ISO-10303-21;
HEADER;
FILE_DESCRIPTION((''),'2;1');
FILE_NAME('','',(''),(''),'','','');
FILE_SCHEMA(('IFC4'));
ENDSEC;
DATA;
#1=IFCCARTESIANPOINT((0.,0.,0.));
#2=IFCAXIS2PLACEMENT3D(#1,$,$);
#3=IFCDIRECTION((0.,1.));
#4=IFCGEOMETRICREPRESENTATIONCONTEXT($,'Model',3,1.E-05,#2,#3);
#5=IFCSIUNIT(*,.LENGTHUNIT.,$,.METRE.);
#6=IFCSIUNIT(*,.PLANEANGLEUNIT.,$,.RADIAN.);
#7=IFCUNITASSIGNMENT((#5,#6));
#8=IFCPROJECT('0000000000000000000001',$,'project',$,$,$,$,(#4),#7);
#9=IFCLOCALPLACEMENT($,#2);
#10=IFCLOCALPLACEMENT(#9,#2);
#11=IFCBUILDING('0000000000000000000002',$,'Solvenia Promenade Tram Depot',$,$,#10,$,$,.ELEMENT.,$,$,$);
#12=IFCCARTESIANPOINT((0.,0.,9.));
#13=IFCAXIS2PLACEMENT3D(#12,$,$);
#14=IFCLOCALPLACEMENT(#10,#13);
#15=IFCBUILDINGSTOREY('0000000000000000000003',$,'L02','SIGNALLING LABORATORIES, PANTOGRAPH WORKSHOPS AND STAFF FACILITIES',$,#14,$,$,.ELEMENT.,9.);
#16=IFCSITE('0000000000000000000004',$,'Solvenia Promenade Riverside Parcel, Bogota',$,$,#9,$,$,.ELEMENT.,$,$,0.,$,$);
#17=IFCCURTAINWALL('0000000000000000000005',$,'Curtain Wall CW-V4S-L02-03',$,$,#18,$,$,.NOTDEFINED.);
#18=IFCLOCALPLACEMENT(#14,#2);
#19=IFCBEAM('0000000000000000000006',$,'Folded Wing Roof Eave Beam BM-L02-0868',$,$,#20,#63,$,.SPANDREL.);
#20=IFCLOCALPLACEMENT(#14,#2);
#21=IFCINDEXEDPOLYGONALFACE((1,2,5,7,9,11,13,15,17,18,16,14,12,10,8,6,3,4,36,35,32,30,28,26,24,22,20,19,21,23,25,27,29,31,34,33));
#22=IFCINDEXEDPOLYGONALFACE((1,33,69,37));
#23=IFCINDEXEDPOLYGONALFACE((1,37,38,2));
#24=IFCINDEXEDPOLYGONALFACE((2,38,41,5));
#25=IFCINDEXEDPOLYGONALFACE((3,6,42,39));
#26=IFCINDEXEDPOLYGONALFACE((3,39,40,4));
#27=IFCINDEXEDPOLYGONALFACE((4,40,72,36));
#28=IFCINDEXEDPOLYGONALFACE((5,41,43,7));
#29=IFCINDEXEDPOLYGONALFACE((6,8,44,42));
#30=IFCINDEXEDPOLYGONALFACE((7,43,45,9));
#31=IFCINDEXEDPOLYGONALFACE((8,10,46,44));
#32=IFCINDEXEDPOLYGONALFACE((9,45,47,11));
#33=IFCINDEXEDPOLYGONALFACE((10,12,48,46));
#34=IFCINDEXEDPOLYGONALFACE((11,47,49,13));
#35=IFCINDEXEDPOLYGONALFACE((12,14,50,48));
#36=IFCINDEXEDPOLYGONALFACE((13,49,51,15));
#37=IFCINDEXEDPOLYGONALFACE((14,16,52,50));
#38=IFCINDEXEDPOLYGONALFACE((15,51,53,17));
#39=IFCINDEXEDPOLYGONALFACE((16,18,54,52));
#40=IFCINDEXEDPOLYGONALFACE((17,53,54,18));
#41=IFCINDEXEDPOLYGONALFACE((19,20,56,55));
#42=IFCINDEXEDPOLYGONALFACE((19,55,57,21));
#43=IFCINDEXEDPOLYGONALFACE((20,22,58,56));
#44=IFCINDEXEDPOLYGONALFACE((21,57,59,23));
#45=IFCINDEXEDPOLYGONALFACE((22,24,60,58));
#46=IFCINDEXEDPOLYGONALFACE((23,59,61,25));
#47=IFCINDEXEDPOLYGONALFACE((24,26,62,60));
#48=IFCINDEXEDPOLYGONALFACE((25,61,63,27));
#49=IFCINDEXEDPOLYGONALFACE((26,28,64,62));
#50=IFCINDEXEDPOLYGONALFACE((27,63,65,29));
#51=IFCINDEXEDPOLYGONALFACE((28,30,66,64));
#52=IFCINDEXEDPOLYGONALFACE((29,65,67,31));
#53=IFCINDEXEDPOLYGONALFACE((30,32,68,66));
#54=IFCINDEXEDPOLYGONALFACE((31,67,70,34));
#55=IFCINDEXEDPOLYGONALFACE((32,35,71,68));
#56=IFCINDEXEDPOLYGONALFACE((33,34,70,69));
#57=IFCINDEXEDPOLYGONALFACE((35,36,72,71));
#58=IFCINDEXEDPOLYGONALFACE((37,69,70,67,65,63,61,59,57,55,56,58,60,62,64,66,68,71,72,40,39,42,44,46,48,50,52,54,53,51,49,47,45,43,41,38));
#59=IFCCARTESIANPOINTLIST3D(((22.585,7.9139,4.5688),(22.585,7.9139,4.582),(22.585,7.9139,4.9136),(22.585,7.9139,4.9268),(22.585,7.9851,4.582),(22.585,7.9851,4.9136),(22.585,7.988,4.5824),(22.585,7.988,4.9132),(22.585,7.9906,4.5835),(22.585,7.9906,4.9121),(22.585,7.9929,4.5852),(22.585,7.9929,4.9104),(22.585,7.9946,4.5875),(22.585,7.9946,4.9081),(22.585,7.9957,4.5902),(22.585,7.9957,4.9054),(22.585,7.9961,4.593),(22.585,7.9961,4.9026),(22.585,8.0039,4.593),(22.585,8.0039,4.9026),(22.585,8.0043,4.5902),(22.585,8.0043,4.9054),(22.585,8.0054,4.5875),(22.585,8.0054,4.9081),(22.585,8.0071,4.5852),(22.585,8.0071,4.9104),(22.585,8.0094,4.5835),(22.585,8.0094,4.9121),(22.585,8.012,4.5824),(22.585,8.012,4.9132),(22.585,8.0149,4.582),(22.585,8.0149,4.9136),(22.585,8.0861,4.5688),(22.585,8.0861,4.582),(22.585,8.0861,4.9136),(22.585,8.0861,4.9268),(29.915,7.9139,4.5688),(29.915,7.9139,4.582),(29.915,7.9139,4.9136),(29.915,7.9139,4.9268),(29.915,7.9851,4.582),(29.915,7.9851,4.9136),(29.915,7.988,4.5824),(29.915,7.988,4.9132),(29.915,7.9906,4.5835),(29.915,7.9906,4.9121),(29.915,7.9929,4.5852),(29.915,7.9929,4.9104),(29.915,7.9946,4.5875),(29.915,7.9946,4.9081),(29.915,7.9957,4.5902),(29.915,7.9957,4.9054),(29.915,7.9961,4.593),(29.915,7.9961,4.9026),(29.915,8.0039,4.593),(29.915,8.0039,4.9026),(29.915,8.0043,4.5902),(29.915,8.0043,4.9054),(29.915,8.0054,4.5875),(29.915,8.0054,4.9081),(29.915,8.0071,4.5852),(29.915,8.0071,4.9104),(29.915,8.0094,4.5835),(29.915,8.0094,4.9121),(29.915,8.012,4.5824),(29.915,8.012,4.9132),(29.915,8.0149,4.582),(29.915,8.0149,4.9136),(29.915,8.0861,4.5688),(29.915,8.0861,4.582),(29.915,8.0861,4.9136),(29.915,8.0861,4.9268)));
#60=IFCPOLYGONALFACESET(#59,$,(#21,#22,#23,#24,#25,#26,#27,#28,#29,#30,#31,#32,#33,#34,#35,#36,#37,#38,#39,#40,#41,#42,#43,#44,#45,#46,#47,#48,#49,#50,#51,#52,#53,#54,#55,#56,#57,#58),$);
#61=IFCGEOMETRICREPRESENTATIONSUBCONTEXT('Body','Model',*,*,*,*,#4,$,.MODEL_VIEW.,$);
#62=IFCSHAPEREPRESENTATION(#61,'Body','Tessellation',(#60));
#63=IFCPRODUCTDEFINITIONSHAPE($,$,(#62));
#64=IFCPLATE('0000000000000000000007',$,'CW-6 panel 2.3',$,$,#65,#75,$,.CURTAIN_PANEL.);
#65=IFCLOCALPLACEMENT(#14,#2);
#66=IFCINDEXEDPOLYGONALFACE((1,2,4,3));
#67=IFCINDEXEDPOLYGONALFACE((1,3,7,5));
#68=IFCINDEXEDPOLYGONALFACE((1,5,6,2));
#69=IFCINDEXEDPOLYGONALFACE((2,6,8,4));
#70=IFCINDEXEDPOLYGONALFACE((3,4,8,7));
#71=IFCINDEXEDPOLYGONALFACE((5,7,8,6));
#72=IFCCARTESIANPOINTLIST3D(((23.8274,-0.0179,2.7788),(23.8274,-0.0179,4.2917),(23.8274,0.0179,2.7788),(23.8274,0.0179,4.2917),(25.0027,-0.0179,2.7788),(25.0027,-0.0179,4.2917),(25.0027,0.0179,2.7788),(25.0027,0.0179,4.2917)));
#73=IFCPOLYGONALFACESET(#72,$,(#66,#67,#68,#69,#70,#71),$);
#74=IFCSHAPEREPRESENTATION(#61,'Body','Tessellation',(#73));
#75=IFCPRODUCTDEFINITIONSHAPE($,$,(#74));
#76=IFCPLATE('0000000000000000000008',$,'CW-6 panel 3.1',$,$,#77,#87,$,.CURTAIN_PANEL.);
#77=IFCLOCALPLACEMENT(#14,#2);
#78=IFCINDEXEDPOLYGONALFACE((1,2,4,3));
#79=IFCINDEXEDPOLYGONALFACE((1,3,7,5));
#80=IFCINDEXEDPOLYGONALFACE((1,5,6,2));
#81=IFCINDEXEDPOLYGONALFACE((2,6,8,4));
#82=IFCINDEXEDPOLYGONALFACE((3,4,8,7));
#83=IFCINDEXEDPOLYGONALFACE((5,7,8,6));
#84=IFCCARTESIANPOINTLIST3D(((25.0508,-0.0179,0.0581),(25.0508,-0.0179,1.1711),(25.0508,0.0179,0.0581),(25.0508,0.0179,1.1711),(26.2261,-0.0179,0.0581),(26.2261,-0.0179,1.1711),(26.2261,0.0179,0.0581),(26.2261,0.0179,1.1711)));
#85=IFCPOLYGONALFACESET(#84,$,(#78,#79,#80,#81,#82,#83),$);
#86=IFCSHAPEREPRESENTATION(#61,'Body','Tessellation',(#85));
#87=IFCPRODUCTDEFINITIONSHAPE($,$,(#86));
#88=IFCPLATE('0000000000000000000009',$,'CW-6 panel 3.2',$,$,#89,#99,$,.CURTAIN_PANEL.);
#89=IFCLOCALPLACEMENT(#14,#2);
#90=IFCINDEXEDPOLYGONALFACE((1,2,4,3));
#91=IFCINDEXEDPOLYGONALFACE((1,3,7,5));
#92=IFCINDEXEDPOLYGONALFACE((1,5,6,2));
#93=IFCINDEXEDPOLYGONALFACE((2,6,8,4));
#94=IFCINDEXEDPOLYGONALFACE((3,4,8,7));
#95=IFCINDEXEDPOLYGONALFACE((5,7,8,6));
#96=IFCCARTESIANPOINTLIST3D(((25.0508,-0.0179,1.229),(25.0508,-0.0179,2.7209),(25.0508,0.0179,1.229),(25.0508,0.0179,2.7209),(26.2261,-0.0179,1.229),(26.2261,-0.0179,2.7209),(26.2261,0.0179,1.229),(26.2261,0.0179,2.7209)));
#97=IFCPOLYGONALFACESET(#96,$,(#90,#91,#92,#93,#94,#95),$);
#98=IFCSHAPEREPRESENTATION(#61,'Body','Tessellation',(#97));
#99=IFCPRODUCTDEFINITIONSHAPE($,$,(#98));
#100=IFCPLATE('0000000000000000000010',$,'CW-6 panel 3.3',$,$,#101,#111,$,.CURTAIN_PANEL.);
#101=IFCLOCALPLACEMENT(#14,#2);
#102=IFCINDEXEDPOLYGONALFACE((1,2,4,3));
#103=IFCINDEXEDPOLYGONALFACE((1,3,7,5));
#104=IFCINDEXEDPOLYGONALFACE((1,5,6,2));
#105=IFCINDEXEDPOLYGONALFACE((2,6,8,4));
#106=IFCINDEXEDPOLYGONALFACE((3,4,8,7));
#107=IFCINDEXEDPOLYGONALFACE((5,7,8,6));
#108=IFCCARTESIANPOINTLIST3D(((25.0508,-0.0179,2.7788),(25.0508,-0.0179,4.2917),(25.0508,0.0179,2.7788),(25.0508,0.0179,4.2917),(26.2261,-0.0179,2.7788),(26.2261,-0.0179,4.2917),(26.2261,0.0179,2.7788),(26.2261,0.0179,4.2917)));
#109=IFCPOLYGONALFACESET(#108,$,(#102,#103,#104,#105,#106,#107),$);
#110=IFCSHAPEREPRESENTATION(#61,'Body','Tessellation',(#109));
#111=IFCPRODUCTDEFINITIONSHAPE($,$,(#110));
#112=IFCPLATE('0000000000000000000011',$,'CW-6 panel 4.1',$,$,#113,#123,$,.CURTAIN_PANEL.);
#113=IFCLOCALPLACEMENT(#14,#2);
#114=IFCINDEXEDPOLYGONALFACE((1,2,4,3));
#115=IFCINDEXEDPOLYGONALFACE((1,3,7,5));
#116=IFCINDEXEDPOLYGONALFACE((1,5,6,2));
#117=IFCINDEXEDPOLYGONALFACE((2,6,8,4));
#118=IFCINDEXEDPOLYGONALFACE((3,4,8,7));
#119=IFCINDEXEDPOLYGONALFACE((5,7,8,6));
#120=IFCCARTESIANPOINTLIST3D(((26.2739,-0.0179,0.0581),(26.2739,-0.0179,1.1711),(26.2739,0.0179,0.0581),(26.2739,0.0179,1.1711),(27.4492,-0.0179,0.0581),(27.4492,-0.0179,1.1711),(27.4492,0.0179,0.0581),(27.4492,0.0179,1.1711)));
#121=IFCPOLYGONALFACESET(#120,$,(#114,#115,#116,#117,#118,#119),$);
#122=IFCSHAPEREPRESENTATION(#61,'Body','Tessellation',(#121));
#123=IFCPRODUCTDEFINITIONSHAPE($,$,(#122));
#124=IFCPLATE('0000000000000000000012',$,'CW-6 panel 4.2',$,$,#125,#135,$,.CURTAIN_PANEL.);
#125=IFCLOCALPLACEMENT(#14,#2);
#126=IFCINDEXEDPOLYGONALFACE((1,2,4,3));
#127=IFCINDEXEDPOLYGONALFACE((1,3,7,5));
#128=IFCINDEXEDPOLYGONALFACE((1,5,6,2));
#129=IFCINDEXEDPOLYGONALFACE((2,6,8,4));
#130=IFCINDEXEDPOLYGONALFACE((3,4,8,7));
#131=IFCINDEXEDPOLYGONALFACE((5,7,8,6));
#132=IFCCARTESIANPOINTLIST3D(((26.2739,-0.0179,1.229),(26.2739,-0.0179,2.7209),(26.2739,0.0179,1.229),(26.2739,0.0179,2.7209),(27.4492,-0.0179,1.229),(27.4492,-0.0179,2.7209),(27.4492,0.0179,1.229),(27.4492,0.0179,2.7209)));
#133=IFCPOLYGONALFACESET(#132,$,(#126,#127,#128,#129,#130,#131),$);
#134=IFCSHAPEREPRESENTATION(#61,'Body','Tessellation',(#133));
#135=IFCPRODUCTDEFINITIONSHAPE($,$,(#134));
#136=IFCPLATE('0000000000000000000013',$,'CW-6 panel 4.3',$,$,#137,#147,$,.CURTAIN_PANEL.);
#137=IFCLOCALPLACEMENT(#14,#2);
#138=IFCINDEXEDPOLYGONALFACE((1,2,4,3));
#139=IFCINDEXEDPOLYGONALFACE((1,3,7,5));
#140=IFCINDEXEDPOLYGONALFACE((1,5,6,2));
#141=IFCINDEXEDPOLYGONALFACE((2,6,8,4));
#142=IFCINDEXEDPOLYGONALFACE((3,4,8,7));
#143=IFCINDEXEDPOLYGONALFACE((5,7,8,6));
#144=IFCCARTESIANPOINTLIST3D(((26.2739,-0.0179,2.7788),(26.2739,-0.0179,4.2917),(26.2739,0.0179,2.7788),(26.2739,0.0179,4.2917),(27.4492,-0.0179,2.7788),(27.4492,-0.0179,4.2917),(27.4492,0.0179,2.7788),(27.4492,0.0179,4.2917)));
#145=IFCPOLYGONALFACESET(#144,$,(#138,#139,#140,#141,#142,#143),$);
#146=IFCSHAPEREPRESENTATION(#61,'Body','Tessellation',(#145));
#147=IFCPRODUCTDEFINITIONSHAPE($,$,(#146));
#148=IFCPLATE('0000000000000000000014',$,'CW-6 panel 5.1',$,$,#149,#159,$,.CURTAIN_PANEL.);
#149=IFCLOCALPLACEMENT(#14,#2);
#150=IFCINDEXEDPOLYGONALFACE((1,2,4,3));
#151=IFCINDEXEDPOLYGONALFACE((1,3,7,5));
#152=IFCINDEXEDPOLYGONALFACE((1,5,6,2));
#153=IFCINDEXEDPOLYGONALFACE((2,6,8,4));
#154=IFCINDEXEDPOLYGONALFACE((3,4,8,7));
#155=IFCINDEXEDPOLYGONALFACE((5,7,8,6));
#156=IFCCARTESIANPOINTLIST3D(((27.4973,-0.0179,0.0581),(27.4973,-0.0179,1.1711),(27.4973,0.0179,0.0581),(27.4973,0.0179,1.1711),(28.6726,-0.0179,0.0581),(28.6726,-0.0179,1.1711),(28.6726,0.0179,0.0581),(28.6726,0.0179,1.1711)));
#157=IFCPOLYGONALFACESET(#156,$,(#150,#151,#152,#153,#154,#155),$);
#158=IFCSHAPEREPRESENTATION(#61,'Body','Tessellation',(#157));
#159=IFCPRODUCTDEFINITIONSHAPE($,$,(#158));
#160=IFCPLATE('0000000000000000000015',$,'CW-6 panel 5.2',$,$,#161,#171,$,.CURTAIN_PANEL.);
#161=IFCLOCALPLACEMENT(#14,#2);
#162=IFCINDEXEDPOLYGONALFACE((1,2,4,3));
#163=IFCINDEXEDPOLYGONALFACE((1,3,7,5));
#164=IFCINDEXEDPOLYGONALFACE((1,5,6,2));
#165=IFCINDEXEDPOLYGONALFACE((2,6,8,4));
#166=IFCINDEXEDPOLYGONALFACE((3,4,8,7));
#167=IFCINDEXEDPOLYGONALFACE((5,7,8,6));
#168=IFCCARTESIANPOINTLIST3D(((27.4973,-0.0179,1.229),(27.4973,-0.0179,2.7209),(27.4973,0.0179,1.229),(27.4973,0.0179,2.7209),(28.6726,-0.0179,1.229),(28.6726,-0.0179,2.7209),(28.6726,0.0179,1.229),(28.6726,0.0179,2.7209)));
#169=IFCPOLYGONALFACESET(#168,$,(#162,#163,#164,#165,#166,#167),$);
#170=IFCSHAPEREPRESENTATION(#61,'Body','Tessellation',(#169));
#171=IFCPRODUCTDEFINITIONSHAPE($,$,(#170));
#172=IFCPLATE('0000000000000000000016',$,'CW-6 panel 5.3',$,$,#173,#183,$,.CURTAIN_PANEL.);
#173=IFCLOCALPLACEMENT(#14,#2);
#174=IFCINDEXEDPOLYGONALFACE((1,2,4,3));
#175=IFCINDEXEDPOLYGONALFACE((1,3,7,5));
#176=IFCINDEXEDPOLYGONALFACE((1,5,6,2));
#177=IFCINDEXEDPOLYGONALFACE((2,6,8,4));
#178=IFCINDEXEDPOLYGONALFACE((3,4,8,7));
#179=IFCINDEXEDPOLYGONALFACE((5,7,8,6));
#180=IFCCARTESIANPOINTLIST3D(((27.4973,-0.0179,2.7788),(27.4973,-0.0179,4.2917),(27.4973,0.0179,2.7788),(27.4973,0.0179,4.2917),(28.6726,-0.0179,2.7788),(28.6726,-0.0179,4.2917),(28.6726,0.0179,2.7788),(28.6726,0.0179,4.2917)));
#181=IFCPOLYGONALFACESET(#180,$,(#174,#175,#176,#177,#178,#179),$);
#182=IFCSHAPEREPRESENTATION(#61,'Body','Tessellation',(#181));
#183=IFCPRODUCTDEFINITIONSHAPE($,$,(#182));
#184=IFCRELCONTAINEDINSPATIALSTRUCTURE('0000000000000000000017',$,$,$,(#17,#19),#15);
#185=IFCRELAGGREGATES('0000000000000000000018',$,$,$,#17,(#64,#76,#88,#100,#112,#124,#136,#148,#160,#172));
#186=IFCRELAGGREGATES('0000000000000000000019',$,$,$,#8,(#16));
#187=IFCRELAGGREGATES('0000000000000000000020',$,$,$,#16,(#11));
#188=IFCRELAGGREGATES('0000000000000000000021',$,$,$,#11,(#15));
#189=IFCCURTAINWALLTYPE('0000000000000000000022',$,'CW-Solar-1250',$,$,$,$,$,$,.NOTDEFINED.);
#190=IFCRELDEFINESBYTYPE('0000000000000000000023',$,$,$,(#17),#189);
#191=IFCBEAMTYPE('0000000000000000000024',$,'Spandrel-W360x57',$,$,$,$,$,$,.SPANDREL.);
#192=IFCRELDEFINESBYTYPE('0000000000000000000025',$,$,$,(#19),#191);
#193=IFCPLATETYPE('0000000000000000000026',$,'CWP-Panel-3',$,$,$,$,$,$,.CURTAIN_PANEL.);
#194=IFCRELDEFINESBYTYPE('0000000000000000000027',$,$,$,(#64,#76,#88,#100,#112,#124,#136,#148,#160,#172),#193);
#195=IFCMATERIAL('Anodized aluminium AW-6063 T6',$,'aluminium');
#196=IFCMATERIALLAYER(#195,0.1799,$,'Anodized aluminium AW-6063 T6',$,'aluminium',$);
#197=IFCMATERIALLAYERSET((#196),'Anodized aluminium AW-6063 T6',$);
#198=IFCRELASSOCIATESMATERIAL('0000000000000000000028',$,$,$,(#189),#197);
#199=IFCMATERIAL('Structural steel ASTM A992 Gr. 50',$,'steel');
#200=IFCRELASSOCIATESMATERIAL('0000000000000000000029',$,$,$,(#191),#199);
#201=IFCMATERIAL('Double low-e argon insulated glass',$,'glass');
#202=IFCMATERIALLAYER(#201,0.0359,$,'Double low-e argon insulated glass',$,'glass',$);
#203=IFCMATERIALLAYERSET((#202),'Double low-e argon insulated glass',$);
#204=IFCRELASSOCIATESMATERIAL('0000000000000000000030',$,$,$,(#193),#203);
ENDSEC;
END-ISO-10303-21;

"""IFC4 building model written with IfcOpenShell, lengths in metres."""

from ifc_helpers import new_model, si_unit, direction, frame, origin, origin_2d, place, context, subcontext, project, spatial, rectangle, i_section, extrude, material, layer, layer_set, material_profile, profile_set, type_object, element, aggregate, save


model = new_model("IFC4")

# Units and contexts
model_context = context("Model", 3, precision=1e-05, world=origin(), true_north=direction((0.0, 1.0)))
body_context = subcontext(model_context, "Body", "Model", "MODEL_VIEW")
ifc_project = project(units=[si_unit("LENGTHUNIT", "METRE"), si_unit("PLANEANGLEUNIT", "RADIAN")], contexts=[model_context])

# Site, building, storey
site_placement = place(None, origin())
site = spatial("IfcSite", under=ifc_project, at=site_placement, Name="Solvenia Promenade Riverside Parcel, Bogota", CompositionType="ELEMENT", RefElevation=0.0)
building_placement = place(site_placement, origin())
building = spatial("IfcBuilding", under=site, at=building_placement, Name="Solvenia Promenade Tram Depot", CompositionType="ELEMENT")
storey_placement = place(building_placement, frame((0.0, 0.0, 9.0)))
storey = spatial("IfcBuildingStorey", under=building, at=storey_placement, Name="L02", Description="SIGNALLING LABORATORIES, PANTOGRAPH WORKSHOPS AND STAFF FACILITIES", CompositionType="ELEMENT", Elevation=9.0)

# Shared definitions
ifc_material_1 = material(Name="Structural steel ASTM A992 Gr. 50", Category="steel")

# Curtain wall
ifc_material_2 = material(Name="Anodized aluminium AW-6063 T6", Category="aluminium")
ifc_layer_1 = layer(ifc_material_2, 0.1799, Name="Anodized aluminium AW-6063 T6", Category="aluminium")
ifc_layer_set_1 = layer_set([ifc_layer_1], Name="Anodized aluminium AW-6063 T6")
curtain_wall_type = type_object("IfcCurtainWallType", Name="CW-Solar-1250", PredefinedType="NOTDEFINED", material=ifc_layer_set_1)
curtain_wall_placement = place(storey_placement, origin())
curtain_wall = element("IfcCurtainWall", 1, at=curtain_wall_placement, inside=storey, type_object=curtain_wall_type, Name="Curtain Wall CW-V4S-L02-03", PredefinedType="NOTDEFINED")

# Beam
ifc_material_profile_1 = material_profile(ifc_material_1, i_section(OverallWidth=0.1721, OverallDepth=0.3579, WebThickness=0.0078, FlangeThickness=0.0132, FilletRadius=0.011, at=origin_2d()), Name="W360x57", Category="steel")
ifc_profile_set_1 = profile_set([ifc_material_profile_1], Name="Structural steel ASTM A992 Gr. 50")
beam_type_1 = type_object("IfcBeamType", Name="Spandrel-W360x57", PredefinedType="SPANDREL", material=ifc_profile_set_1)
beam_1_placement = place(storey_placement, frame((22.585, 8.0, 4.7478), z_axis=(1.0, 0.0, 0.0), x_axis=(0.0, 1.0, 0.0)))
element("IfcBeam", 2, at=beam_1_placement, inside=storey, type_object=beam_type_1, Name="Folded Wing Roof Eave Beam BM-L02-0868", PredefinedType="SPANDREL", context=body_context, shape_type="SweptSolid", body=[
    extrude(i_section(OverallWidth=0.1721, OverallDepth=0.3579, WebThickness=0.0078, FlangeThickness=0.0132, FilletRadius=0.011, at=origin_2d()), origin(), (0.0, 0.0, 1.0), 7.3301),
])

# Plates
ifc_material_3 = material(Name="Double low-e argon insulated glass", Category="glass")
ifc_layer_2 = layer(ifc_material_3, 0.0359, Name="Double low-e argon insulated glass", Category="glass")
ifc_layer_set_2 = layer_set([ifc_layer_2], Name="Double low-e argon insulated glass")
plate_type = type_object("IfcPlateType", Name="CWP-Panel-3", PredefinedType="CURTAIN_PANEL", material=ifc_layer_set_2)
plate_1_placement = place(storey_placement, frame((24.415, 0.0, 2.7788), z_axis=(0.0, 0.0, 1.0), x_axis=(1.0, 0.0, 0.0)))
plate_1 = element("IfcPlate", 3, at=plate_1_placement, type_object=plate_type, Name="CW-6 panel 2.3", PredefinedType="CURTAIN_PANEL", context=body_context, shape_type="SweptSolid", body=[
    extrude(rectangle(XDim=1.1753, YDim=0.0359, at=origin_2d()), origin(), (0.0, 0.0, 1.0), 1.5129),
])
plate_2_placement = place(storey_placement, frame((25.6384, 0.0, 0.0581), z_axis=(0.0, 0.0, 1.0), x_axis=(1.0, 0.0, 0.0)))
plate_2 = element("IfcPlate", 4, at=plate_2_placement, type_object=plate_type, Name="CW-6 panel 3.1", PredefinedType="CURTAIN_PANEL", context=body_context, shape_type="SweptSolid", body=[
    extrude(rectangle(XDim=1.1753, YDim=0.0359, at=origin_2d()), origin(), (0.0, 0.0, 1.0), 1.113),
])
plate_3_placement = place(storey_placement, frame((25.6384, 0.0, 1.229), z_axis=(0.0, 0.0, 1.0), x_axis=(1.0, 0.0, 0.0)))
plate_3 = element("IfcPlate", 5, at=plate_3_placement, type_object=plate_type, Name="CW-6 panel 3.2", PredefinedType="CURTAIN_PANEL", context=body_context, shape_type="SweptSolid", body=[
    extrude(rectangle(XDim=1.1753, YDim=0.0359, at=origin_2d()), origin(), (0.0, 0.0, 1.0), 1.4919),
])
plate_4_placement = place(storey_placement, frame((25.6384, 0.0, 2.7788), z_axis=(0.0, 0.0, 1.0), x_axis=(1.0, 0.0, 0.0)))
plate_4 = element("IfcPlate", 6, at=plate_4_placement, type_object=plate_type, Name="CW-6 panel 3.3", PredefinedType="CURTAIN_PANEL", context=body_context, shape_type="SweptSolid", body=[
    extrude(rectangle(XDim=1.1753, YDim=0.0359, at=origin_2d()), origin(), (0.0, 0.0, 1.0), 1.5129),
])
plate_5_placement = place(storey_placement, frame((26.8616, 0.0, 0.0581), z_axis=(0.0, 0.0, 1.0), x_axis=(1.0, 0.0, 0.0)))
plate_5 = element("IfcPlate", 7, at=plate_5_placement, type_object=plate_type, Name="CW-6 panel 4.1", PredefinedType="CURTAIN_PANEL", context=body_context, shape_type="SweptSolid", body=[
    extrude(rectangle(XDim=1.1753, YDim=0.0359, at=origin_2d()), origin(), (0.0, 0.0, 1.0), 1.113),
])
plate_6_placement = place(storey_placement, frame((26.8616, 0.0, 1.229), z_axis=(0.0, 0.0, 1.0), x_axis=(1.0, 0.0, 0.0)))
plate_6 = element("IfcPlate", 8, at=plate_6_placement, type_object=plate_type, Name="CW-6 panel 4.2", PredefinedType="CURTAIN_PANEL", context=body_context, shape_type="SweptSolid", body=[
    extrude(rectangle(XDim=1.1753, YDim=0.0359, at=origin_2d()), origin(), (0.0, 0.0, 1.0), 1.4919),
])
plate_7_placement = place(storey_placement, frame((26.8616, 0.0, 2.7788), z_axis=(0.0, 0.0, 1.0), x_axis=(1.0, 0.0, 0.0)))
plate_7 = element("IfcPlate", 9, at=plate_7_placement, type_object=plate_type, Name="CW-6 panel 4.3", PredefinedType="CURTAIN_PANEL", context=body_context, shape_type="SweptSolid", body=[
    extrude(rectangle(XDim=1.1753, YDim=0.0359, at=origin_2d()), origin(), (0.0, 0.0, 1.0), 1.5129),
])
plate_8_placement = place(storey_placement, frame((28.085, 0.0, 0.0581), z_axis=(0.0, 0.0, 1.0), x_axis=(1.0, 0.0, 0.0)))
plate_8 = element("IfcPlate", 10, at=plate_8_placement, type_object=plate_type, Name="CW-6 panel 5.1", PredefinedType="CURTAIN_PANEL", context=body_context, shape_type="SweptSolid", body=[
    extrude(rectangle(XDim=1.1753, YDim=0.0359, at=origin_2d()), origin(), (0.0, 0.0, 1.0), 1.113),
])
plate_9_placement = place(storey_placement, frame((28.085, 0.0, 1.229), z_axis=(0.0, 0.0, 1.0), x_axis=(1.0, 0.0, 0.0)))
plate_9 = element("IfcPlate", 11, at=plate_9_placement, type_object=plate_type, Name="CW-6 panel 5.2", PredefinedType="CURTAIN_PANEL", context=body_context, shape_type="SweptSolid", body=[
    extrude(rectangle(XDim=1.1753, YDim=0.0359, at=origin_2d()), origin(), (0.0, 0.0, 1.0), 1.4919),
])
plate_10_placement = place(storey_placement, frame((28.085, 0.0, 2.7788), z_axis=(0.0, 0.0, 1.0), x_axis=(1.0, 0.0, 0.0)))
plate_10 = element("IfcPlate", 12, at=plate_10_placement, type_object=plate_type, Name="CW-6 panel 5.3", PredefinedType="CURTAIN_PANEL", context=body_context, shape_type="SweptSolid", body=[
    extrude(rectangle(XDim=1.1753, YDim=0.0359, at=origin_2d()), origin(), (0.0, 0.0, 1.0), 1.5129),
])
aggregate(curtain_wall, [plate_1, plate_2, plate_3, plate_4, plate_5, plate_6, plate_7, plate_8, plate_9, plate_10])

save(model, "model.ifc")
